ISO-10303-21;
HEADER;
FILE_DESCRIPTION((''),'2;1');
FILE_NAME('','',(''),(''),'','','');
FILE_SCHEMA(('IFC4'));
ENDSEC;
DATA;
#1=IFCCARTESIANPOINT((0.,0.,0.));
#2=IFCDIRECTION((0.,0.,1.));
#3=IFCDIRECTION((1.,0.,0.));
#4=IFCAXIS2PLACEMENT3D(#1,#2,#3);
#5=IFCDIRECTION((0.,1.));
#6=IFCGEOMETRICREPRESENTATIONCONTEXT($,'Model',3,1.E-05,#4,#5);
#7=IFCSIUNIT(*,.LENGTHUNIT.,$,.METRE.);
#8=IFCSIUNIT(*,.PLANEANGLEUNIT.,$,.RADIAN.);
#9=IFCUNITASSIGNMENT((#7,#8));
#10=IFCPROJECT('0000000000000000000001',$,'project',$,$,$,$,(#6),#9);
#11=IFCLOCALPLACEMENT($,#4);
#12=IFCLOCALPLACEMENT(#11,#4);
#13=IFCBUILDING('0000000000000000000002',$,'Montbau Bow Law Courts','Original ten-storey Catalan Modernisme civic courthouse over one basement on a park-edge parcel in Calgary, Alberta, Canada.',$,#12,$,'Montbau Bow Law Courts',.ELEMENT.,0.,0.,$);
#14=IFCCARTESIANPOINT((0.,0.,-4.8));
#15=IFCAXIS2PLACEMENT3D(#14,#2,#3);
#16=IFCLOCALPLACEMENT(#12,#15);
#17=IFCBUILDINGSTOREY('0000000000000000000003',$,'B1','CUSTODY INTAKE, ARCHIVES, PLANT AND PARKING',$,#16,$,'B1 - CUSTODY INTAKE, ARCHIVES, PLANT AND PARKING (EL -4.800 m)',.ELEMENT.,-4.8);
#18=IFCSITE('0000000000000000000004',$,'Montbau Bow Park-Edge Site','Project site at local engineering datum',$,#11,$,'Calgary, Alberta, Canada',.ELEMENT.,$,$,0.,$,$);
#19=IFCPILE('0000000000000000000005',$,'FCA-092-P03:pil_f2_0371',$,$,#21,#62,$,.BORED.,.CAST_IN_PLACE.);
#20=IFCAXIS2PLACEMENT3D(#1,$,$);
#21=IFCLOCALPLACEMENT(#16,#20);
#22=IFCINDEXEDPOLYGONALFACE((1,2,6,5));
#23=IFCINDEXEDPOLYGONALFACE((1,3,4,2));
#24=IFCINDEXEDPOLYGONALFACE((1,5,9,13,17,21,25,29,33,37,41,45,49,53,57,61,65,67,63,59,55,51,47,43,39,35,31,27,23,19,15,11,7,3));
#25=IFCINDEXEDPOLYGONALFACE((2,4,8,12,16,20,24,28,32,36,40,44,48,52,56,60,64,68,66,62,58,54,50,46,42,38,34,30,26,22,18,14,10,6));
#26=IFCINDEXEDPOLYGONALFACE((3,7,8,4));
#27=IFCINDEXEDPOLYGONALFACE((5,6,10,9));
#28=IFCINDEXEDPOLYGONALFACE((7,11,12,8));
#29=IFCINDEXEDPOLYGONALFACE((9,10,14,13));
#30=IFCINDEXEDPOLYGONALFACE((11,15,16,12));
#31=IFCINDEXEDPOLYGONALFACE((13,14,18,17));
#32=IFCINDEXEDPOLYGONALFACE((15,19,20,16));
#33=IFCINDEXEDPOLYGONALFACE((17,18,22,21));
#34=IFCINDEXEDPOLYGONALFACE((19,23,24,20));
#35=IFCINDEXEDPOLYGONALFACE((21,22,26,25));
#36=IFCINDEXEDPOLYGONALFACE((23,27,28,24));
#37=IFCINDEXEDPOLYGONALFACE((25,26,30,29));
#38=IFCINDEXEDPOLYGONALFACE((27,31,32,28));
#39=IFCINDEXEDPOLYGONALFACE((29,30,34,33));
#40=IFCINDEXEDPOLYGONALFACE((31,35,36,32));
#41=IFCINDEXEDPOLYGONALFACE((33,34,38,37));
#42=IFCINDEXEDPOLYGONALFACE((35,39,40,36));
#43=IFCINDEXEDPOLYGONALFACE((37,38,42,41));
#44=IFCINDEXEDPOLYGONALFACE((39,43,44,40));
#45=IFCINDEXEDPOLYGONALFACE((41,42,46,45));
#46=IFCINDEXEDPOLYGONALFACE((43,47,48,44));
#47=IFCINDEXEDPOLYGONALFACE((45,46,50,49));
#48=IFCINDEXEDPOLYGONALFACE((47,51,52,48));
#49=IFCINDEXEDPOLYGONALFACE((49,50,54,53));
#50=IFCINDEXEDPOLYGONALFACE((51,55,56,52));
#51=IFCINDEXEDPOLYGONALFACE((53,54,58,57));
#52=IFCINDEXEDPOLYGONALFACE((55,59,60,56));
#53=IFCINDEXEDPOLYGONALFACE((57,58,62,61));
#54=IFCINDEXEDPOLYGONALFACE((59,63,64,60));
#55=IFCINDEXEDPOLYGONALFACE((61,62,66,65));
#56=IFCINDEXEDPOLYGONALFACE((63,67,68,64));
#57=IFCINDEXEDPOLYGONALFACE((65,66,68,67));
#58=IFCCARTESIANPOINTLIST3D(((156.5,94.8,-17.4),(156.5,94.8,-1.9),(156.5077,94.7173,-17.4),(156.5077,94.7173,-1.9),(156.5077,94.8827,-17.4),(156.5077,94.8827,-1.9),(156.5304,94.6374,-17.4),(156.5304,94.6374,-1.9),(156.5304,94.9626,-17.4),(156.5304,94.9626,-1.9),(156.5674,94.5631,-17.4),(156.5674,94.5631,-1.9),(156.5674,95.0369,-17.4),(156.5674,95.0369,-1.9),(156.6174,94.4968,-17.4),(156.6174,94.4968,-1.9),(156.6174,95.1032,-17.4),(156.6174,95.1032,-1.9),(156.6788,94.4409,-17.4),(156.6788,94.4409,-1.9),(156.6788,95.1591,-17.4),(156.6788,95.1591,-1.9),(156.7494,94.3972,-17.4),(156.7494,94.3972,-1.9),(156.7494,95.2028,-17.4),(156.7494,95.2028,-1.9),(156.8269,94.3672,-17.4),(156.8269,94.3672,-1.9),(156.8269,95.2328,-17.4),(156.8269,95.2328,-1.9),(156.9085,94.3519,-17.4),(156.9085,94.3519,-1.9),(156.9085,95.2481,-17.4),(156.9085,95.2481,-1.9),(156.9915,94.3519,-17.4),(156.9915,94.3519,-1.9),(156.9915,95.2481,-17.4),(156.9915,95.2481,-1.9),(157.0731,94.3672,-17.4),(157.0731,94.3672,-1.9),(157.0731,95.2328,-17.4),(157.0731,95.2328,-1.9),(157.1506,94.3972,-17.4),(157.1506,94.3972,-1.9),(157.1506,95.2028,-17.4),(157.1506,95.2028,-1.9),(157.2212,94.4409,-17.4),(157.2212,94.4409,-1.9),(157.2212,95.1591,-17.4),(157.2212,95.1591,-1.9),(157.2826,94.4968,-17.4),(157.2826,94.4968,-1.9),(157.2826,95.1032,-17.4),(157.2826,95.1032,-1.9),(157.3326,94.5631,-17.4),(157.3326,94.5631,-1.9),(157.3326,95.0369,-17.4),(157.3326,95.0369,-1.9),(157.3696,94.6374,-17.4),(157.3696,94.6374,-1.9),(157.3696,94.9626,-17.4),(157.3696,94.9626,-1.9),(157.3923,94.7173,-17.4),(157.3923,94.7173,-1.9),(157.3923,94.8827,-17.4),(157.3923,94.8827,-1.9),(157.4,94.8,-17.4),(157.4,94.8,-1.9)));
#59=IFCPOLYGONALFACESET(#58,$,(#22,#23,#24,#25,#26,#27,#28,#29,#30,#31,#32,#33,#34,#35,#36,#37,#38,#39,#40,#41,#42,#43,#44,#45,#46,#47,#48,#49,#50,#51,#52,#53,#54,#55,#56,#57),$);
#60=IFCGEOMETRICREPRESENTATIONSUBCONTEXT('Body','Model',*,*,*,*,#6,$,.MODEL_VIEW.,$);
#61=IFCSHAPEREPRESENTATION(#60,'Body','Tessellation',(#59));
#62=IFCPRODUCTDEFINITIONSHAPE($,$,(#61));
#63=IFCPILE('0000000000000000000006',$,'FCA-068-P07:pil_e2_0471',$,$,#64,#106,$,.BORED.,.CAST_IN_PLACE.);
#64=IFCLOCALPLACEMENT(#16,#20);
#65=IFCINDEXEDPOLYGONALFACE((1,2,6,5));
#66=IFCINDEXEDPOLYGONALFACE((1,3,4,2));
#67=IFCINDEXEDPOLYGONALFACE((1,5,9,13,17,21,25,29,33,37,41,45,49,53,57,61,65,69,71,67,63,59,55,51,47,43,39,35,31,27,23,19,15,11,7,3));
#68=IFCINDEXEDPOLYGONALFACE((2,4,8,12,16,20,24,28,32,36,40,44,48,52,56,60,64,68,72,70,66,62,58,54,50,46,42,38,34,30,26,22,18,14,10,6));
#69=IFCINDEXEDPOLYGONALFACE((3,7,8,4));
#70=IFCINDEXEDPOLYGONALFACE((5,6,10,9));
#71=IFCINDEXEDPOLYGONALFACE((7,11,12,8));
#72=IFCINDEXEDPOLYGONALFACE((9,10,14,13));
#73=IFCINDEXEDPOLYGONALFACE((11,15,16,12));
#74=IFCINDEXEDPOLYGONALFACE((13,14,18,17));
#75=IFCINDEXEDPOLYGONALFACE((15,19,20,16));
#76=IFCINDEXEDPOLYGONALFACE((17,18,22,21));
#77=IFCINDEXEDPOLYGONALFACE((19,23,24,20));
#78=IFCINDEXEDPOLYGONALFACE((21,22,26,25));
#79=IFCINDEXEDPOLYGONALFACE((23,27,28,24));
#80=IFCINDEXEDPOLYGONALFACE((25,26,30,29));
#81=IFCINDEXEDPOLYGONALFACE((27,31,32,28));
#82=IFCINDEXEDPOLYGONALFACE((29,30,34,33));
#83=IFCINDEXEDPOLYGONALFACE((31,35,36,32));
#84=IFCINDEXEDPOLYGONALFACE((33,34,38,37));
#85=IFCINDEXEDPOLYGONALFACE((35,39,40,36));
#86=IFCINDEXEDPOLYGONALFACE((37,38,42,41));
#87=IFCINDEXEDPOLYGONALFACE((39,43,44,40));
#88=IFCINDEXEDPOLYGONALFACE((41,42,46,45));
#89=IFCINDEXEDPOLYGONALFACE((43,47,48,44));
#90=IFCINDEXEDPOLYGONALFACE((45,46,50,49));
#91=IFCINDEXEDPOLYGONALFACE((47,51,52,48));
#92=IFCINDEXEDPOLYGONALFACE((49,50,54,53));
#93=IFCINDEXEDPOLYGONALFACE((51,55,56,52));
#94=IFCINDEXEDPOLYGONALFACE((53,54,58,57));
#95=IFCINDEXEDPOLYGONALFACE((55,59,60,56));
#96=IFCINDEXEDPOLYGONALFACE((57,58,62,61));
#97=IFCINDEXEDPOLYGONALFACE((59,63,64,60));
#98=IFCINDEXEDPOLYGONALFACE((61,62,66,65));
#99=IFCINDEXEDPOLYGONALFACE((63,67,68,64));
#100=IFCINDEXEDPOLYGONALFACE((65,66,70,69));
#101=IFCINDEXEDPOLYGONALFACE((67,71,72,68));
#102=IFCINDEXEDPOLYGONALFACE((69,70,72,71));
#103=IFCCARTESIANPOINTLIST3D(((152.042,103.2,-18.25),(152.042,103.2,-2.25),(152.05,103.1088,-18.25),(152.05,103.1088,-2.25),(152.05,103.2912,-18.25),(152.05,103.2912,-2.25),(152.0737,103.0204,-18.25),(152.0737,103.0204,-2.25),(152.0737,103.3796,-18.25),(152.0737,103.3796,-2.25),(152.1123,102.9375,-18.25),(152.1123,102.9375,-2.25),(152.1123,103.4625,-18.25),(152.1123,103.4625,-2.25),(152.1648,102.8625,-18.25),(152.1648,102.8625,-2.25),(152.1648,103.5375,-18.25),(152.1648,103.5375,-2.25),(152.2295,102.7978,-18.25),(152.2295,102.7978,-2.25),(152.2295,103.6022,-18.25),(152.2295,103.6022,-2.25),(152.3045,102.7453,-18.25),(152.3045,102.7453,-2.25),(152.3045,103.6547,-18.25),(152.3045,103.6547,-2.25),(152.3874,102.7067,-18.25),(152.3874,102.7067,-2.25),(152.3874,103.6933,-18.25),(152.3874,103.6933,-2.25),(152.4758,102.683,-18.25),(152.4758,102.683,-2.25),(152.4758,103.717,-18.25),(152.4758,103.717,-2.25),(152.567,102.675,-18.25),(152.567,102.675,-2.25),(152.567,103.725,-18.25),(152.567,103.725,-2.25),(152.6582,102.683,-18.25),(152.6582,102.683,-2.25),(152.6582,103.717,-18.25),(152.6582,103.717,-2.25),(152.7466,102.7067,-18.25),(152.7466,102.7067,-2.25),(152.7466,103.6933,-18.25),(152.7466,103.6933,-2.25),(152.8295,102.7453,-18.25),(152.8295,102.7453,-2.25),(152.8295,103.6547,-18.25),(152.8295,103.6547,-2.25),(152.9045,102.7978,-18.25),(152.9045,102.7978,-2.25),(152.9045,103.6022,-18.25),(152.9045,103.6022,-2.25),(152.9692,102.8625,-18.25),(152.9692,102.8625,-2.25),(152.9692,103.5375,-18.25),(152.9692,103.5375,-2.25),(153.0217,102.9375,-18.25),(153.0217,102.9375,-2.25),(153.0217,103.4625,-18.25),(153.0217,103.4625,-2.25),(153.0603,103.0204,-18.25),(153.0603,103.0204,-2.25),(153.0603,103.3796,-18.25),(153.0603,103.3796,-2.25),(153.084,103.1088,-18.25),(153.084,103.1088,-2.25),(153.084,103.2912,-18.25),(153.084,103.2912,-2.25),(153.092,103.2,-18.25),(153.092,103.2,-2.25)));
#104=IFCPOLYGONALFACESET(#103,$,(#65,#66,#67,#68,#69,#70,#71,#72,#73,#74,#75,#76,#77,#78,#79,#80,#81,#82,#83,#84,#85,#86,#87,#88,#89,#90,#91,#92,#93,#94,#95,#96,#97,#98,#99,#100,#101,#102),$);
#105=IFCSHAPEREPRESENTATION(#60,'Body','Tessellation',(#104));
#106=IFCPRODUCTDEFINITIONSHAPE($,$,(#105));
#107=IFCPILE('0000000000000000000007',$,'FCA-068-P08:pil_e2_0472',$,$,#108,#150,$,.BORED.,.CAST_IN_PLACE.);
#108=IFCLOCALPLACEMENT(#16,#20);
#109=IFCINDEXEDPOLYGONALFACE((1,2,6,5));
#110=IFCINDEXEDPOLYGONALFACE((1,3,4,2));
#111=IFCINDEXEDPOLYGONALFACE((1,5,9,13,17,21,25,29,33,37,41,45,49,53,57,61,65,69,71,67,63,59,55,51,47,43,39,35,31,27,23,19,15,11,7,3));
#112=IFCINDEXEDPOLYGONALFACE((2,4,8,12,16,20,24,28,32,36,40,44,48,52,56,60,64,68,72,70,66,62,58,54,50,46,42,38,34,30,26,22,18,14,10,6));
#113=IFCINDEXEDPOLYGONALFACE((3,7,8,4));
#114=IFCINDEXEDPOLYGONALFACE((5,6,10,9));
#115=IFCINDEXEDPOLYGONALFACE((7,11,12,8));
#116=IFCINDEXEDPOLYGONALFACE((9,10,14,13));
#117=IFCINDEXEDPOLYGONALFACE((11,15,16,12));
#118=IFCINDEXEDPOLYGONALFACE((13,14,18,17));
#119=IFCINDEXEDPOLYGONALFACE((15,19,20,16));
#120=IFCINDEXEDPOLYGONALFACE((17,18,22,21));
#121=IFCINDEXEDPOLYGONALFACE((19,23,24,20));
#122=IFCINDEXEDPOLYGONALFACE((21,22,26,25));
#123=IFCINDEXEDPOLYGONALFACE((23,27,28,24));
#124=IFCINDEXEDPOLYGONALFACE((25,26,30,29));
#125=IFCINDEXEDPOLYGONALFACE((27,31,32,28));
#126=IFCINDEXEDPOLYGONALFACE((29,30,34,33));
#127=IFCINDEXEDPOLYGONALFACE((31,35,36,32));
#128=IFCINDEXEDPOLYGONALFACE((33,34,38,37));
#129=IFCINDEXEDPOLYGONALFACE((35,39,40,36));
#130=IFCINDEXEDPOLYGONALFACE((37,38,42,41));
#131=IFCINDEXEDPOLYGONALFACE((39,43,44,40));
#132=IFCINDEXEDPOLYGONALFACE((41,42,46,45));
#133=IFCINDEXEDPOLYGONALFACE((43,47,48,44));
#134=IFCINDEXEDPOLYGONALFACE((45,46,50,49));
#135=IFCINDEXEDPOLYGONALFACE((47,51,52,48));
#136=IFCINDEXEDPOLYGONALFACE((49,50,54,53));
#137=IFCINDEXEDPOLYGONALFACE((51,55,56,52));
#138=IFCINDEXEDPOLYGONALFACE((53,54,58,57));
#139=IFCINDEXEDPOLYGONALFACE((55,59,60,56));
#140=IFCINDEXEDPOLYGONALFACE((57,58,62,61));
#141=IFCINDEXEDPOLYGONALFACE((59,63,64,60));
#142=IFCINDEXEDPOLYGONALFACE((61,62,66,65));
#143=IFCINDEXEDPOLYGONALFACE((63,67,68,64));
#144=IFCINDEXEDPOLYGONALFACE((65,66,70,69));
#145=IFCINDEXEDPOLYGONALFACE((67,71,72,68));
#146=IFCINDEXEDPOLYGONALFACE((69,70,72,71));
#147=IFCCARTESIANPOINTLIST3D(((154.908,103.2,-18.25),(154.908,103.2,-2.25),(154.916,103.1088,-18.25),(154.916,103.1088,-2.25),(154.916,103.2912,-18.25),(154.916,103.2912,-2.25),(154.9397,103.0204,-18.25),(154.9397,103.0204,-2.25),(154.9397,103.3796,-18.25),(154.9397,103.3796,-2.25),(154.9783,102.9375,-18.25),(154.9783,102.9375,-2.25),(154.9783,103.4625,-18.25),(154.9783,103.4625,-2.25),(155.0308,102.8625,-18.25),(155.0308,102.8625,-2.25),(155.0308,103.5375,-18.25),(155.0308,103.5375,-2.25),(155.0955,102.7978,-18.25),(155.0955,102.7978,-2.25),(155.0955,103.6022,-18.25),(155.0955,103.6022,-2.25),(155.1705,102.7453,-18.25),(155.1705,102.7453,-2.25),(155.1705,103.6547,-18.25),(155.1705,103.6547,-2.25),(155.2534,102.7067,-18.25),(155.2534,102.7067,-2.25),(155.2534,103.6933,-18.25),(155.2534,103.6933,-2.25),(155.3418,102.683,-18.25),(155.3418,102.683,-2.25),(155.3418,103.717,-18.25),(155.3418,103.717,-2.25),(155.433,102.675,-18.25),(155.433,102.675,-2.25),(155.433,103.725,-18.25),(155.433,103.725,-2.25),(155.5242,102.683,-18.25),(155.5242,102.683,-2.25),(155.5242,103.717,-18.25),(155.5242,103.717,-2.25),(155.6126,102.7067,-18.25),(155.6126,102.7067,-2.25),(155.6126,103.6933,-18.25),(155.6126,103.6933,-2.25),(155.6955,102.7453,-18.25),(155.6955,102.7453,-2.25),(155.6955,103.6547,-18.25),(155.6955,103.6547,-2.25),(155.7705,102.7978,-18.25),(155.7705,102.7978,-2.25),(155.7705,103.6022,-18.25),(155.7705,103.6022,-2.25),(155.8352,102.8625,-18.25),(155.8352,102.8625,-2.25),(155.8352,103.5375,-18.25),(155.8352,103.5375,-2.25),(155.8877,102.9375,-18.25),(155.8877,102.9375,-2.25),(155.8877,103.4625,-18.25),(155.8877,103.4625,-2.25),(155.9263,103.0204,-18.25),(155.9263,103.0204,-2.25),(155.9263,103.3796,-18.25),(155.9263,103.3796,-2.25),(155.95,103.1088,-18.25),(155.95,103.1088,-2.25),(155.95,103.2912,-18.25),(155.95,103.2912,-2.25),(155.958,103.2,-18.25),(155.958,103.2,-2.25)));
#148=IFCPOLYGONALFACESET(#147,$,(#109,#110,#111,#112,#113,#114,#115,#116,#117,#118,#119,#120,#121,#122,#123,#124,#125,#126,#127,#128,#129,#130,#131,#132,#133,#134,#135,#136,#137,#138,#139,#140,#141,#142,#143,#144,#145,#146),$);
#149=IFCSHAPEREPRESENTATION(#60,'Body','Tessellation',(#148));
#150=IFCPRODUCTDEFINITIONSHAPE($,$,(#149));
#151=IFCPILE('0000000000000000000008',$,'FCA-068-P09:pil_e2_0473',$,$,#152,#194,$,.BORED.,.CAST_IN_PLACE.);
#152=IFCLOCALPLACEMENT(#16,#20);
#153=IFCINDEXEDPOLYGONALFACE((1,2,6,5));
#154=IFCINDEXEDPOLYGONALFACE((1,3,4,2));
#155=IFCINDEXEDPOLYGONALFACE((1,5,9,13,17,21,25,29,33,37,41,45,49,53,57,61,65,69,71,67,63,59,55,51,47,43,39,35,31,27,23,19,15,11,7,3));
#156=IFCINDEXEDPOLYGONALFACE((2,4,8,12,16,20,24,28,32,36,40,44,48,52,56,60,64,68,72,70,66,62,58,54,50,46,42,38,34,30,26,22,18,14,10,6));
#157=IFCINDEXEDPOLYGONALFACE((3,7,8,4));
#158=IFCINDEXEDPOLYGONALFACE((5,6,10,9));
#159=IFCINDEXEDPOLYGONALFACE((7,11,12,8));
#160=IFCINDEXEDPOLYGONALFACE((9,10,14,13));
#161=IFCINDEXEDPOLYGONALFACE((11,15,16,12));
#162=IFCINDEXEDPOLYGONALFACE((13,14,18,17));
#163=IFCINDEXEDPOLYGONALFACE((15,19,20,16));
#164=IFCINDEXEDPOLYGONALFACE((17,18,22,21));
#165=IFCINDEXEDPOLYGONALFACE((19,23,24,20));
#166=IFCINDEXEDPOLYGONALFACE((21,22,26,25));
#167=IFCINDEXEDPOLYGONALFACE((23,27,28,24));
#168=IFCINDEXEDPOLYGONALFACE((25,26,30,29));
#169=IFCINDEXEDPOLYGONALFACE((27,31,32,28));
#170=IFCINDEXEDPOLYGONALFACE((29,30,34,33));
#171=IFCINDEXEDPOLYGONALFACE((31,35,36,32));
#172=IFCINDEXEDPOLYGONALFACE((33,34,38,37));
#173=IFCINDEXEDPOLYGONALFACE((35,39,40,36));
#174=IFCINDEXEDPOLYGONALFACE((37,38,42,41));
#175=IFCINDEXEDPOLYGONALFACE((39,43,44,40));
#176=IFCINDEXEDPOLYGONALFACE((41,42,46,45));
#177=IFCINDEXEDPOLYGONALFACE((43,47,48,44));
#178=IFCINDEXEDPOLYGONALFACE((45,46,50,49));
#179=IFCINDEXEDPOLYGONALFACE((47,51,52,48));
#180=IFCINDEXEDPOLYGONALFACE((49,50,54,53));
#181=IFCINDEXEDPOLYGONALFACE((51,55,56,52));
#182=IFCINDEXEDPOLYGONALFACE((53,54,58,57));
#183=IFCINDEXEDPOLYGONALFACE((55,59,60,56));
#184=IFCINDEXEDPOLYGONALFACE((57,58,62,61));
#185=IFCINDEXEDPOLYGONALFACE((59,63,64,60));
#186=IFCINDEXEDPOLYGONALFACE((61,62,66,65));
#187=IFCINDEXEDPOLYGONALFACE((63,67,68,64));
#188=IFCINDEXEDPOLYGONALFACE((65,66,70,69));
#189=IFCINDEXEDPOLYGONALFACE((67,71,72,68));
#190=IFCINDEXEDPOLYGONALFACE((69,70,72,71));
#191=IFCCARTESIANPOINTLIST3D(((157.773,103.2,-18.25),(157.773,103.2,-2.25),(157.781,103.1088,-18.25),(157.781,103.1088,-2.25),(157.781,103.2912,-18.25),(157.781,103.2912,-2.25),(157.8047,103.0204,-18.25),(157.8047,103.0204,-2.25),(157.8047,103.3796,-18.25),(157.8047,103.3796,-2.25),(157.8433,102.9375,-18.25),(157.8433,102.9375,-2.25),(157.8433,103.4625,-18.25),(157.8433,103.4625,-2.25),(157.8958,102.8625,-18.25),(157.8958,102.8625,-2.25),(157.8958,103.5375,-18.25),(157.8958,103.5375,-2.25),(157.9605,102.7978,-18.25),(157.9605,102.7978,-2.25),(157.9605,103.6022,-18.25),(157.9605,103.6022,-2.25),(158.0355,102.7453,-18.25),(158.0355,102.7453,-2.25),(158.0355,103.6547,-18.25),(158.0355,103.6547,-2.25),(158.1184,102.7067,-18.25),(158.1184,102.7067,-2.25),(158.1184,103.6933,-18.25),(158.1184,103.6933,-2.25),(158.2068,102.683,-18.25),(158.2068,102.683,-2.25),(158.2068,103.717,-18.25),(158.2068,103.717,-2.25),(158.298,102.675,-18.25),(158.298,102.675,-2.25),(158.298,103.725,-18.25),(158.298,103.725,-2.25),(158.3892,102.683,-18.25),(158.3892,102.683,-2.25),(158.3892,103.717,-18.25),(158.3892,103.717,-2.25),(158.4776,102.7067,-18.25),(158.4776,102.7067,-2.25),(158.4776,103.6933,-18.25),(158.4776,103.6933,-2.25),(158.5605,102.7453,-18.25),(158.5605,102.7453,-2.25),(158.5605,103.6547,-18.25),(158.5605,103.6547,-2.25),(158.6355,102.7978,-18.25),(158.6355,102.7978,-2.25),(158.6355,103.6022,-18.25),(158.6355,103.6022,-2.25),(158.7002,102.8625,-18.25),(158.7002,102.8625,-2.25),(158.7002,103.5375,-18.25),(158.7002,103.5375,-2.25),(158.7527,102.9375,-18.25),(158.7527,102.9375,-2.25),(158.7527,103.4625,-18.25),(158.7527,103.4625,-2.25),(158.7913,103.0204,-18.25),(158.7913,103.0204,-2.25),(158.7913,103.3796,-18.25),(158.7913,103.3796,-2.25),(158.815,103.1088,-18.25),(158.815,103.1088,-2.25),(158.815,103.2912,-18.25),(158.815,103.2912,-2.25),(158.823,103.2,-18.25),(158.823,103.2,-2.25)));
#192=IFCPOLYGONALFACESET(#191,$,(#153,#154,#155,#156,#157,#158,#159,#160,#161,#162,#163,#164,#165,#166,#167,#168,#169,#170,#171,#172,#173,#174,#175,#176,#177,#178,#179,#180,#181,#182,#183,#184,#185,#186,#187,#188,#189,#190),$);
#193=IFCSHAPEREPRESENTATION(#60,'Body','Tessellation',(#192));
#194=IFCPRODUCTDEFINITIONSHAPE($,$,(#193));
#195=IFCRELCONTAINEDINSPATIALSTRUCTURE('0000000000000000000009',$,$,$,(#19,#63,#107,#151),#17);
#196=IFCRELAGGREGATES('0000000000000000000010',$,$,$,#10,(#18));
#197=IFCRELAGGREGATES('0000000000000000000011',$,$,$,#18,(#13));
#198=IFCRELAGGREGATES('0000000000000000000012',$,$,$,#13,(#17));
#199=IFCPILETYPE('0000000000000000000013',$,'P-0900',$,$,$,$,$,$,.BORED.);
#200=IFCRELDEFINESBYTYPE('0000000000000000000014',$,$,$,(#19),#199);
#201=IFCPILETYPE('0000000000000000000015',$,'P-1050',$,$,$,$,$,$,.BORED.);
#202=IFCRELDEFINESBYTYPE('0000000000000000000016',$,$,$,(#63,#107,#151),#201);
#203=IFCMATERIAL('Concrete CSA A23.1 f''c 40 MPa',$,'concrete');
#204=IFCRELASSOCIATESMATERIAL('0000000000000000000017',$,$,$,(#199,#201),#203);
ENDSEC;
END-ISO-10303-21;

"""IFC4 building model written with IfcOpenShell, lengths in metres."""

from ifc_helpers import new_model, si_unit, direction, frame, origin_with_axes, origin_2d_with_axis, place, context, subcontext, project, spatial, circle, extrude, material, material_profile, profile_set, type_object, element, save


model = new_model("IFC4")

# Units and contexts
model_context = context("Model", 3, precision=1e-05, world=origin_with_axes(), true_north=direction((0.0, 1.0)))
body_context = subcontext(model_context, "Body", "Model", "MODEL_VIEW")
ifc_project = project(units=[si_unit("LENGTHUNIT", "METRE"), si_unit("PLANEANGLEUNIT", "RADIAN")], contexts=[model_context])

# Site, building, storey
site_placement = place(None, origin_with_axes())
site = spatial("IfcSite", under=ifc_project, at=site_placement, Name="Montbau Bow Park-Edge Site", Description="Project site at local engineering datum", LongName="Calgary, Alberta, Canada", CompositionType="ELEMENT", RefElevation=0.0)
building_placement = place(site_placement, origin_with_axes())
building = spatial("IfcBuilding", under=site, at=building_placement, Name="Montbau Bow Law Courts", Description="Original ten-storey Catalan Modernisme civic courthouse over one basement on a park-edge parcel in Calgary, Alberta, Canada.", LongName="Montbau Bow Law Courts", CompositionType="ELEMENT", ElevationOfRefHeight=0.0, ElevationOfTerrain=0.0)
storey_placement = place(building_placement, frame((0.0, 0.0, -4.8), z_axis=(0.0, 0.0, 1.0), x_axis=(1.0, 0.0, 0.0)))
storey = spatial("IfcBuildingStorey", under=building, at=storey_placement, Name="B1", Description="CUSTODY INTAKE, ARCHIVES, PLANT AND PARKING", LongName="B1 - CUSTODY INTAKE, ARCHIVES, PLANT AND PARKING (EL -4.800 m)", CompositionType="ELEMENT", Elevation=-4.8)

# Piles
ifc_material_1 = material(Name="Concrete CSA A23.1 f'c 40 MPa", Category="concrete")
ifc_material_profile_1 = material_profile(ifc_material_1, circle(Radius=0.45, at=origin_2d_with_axis()), Name="BP900", Category="Main", Priority=0)
ifc_profile_set_1 = profile_set([ifc_material_profile_1], Name="Concrete CSA A23.1 f'c 40 MPa")
pile_type_1 = type_object("IfcPileType", Name="P-0900", PredefinedType="BORED", material=ifc_profile_set_1)
for number, where, z_axis, x_axis, name in (
    (1, (156.95, 94.8, -22.2), (0.0, 0.0, 1.0), (1.0, 0.0, 0.0), "FCA-092-P03:pil_f2_0371"),
):
    element("IfcPile", number, at=place(None, frame(where, z_axis=z_axis, x_axis=x_axis)), inside=storey, type_object=pile_type_1, Name=name, ConstructionType="CAST_IN_PLACE", PredefinedType="BORED", context=body_context, shape_type="SweptSolid", body=[
        extrude(circle(Radius=0.45, at=origin_2d_with_axis()), origin_with_axes(), (0.0, 0.0, 1.0), 15.5),
    ])
ifc_material_profile_2 = material_profile(ifc_material_1, circle(Radius=0.525, at=origin_2d_with_axis()), Name="BP1050", Category="Main", Priority=0)
ifc_profile_set_2 = profile_set([ifc_material_profile_2], Name="Concrete CSA A23.1 f'c 40 MPa")
pile_type_2 = type_object("IfcPileType", Name="P-1050", PredefinedType="BORED", material=ifc_profile_set_2)
for number, where, z_axis, x_axis, name in (
    (2, (152.567, 103.2, -23.05), (0.0, 0.0, 1.0), (1.0, 0.0, 0.0), "FCA-068-P07:pil_e2_0471"),
    (3, (155.433, 103.2, -23.05), (0.0, 0.0, 1.0), (1.0, 0.0, 0.0), "FCA-068-P08:pil_e2_0472"),
    (4, (158.298, 103.2, -23.05), (0.0, 0.0, 1.0), (1.0, 0.0, 0.0), "FCA-068-P09:pil_e2_0473"),
):
    element("IfcPile", number, at=place(None, frame(where, z_axis=z_axis, x_axis=x_axis)), inside=storey, type_object=pile_type_2, Name=name, ConstructionType="CAST_IN_PLACE", PredefinedType="BORED", context=body_context, shape_type="SweptSolid", body=[
        extrude(circle(Radius=0.525, at=origin_2d_with_axis()), origin_with_axes(), (0.0, 0.0, 1.0), 16.0),
    ])

save(model, "model.ifc")
